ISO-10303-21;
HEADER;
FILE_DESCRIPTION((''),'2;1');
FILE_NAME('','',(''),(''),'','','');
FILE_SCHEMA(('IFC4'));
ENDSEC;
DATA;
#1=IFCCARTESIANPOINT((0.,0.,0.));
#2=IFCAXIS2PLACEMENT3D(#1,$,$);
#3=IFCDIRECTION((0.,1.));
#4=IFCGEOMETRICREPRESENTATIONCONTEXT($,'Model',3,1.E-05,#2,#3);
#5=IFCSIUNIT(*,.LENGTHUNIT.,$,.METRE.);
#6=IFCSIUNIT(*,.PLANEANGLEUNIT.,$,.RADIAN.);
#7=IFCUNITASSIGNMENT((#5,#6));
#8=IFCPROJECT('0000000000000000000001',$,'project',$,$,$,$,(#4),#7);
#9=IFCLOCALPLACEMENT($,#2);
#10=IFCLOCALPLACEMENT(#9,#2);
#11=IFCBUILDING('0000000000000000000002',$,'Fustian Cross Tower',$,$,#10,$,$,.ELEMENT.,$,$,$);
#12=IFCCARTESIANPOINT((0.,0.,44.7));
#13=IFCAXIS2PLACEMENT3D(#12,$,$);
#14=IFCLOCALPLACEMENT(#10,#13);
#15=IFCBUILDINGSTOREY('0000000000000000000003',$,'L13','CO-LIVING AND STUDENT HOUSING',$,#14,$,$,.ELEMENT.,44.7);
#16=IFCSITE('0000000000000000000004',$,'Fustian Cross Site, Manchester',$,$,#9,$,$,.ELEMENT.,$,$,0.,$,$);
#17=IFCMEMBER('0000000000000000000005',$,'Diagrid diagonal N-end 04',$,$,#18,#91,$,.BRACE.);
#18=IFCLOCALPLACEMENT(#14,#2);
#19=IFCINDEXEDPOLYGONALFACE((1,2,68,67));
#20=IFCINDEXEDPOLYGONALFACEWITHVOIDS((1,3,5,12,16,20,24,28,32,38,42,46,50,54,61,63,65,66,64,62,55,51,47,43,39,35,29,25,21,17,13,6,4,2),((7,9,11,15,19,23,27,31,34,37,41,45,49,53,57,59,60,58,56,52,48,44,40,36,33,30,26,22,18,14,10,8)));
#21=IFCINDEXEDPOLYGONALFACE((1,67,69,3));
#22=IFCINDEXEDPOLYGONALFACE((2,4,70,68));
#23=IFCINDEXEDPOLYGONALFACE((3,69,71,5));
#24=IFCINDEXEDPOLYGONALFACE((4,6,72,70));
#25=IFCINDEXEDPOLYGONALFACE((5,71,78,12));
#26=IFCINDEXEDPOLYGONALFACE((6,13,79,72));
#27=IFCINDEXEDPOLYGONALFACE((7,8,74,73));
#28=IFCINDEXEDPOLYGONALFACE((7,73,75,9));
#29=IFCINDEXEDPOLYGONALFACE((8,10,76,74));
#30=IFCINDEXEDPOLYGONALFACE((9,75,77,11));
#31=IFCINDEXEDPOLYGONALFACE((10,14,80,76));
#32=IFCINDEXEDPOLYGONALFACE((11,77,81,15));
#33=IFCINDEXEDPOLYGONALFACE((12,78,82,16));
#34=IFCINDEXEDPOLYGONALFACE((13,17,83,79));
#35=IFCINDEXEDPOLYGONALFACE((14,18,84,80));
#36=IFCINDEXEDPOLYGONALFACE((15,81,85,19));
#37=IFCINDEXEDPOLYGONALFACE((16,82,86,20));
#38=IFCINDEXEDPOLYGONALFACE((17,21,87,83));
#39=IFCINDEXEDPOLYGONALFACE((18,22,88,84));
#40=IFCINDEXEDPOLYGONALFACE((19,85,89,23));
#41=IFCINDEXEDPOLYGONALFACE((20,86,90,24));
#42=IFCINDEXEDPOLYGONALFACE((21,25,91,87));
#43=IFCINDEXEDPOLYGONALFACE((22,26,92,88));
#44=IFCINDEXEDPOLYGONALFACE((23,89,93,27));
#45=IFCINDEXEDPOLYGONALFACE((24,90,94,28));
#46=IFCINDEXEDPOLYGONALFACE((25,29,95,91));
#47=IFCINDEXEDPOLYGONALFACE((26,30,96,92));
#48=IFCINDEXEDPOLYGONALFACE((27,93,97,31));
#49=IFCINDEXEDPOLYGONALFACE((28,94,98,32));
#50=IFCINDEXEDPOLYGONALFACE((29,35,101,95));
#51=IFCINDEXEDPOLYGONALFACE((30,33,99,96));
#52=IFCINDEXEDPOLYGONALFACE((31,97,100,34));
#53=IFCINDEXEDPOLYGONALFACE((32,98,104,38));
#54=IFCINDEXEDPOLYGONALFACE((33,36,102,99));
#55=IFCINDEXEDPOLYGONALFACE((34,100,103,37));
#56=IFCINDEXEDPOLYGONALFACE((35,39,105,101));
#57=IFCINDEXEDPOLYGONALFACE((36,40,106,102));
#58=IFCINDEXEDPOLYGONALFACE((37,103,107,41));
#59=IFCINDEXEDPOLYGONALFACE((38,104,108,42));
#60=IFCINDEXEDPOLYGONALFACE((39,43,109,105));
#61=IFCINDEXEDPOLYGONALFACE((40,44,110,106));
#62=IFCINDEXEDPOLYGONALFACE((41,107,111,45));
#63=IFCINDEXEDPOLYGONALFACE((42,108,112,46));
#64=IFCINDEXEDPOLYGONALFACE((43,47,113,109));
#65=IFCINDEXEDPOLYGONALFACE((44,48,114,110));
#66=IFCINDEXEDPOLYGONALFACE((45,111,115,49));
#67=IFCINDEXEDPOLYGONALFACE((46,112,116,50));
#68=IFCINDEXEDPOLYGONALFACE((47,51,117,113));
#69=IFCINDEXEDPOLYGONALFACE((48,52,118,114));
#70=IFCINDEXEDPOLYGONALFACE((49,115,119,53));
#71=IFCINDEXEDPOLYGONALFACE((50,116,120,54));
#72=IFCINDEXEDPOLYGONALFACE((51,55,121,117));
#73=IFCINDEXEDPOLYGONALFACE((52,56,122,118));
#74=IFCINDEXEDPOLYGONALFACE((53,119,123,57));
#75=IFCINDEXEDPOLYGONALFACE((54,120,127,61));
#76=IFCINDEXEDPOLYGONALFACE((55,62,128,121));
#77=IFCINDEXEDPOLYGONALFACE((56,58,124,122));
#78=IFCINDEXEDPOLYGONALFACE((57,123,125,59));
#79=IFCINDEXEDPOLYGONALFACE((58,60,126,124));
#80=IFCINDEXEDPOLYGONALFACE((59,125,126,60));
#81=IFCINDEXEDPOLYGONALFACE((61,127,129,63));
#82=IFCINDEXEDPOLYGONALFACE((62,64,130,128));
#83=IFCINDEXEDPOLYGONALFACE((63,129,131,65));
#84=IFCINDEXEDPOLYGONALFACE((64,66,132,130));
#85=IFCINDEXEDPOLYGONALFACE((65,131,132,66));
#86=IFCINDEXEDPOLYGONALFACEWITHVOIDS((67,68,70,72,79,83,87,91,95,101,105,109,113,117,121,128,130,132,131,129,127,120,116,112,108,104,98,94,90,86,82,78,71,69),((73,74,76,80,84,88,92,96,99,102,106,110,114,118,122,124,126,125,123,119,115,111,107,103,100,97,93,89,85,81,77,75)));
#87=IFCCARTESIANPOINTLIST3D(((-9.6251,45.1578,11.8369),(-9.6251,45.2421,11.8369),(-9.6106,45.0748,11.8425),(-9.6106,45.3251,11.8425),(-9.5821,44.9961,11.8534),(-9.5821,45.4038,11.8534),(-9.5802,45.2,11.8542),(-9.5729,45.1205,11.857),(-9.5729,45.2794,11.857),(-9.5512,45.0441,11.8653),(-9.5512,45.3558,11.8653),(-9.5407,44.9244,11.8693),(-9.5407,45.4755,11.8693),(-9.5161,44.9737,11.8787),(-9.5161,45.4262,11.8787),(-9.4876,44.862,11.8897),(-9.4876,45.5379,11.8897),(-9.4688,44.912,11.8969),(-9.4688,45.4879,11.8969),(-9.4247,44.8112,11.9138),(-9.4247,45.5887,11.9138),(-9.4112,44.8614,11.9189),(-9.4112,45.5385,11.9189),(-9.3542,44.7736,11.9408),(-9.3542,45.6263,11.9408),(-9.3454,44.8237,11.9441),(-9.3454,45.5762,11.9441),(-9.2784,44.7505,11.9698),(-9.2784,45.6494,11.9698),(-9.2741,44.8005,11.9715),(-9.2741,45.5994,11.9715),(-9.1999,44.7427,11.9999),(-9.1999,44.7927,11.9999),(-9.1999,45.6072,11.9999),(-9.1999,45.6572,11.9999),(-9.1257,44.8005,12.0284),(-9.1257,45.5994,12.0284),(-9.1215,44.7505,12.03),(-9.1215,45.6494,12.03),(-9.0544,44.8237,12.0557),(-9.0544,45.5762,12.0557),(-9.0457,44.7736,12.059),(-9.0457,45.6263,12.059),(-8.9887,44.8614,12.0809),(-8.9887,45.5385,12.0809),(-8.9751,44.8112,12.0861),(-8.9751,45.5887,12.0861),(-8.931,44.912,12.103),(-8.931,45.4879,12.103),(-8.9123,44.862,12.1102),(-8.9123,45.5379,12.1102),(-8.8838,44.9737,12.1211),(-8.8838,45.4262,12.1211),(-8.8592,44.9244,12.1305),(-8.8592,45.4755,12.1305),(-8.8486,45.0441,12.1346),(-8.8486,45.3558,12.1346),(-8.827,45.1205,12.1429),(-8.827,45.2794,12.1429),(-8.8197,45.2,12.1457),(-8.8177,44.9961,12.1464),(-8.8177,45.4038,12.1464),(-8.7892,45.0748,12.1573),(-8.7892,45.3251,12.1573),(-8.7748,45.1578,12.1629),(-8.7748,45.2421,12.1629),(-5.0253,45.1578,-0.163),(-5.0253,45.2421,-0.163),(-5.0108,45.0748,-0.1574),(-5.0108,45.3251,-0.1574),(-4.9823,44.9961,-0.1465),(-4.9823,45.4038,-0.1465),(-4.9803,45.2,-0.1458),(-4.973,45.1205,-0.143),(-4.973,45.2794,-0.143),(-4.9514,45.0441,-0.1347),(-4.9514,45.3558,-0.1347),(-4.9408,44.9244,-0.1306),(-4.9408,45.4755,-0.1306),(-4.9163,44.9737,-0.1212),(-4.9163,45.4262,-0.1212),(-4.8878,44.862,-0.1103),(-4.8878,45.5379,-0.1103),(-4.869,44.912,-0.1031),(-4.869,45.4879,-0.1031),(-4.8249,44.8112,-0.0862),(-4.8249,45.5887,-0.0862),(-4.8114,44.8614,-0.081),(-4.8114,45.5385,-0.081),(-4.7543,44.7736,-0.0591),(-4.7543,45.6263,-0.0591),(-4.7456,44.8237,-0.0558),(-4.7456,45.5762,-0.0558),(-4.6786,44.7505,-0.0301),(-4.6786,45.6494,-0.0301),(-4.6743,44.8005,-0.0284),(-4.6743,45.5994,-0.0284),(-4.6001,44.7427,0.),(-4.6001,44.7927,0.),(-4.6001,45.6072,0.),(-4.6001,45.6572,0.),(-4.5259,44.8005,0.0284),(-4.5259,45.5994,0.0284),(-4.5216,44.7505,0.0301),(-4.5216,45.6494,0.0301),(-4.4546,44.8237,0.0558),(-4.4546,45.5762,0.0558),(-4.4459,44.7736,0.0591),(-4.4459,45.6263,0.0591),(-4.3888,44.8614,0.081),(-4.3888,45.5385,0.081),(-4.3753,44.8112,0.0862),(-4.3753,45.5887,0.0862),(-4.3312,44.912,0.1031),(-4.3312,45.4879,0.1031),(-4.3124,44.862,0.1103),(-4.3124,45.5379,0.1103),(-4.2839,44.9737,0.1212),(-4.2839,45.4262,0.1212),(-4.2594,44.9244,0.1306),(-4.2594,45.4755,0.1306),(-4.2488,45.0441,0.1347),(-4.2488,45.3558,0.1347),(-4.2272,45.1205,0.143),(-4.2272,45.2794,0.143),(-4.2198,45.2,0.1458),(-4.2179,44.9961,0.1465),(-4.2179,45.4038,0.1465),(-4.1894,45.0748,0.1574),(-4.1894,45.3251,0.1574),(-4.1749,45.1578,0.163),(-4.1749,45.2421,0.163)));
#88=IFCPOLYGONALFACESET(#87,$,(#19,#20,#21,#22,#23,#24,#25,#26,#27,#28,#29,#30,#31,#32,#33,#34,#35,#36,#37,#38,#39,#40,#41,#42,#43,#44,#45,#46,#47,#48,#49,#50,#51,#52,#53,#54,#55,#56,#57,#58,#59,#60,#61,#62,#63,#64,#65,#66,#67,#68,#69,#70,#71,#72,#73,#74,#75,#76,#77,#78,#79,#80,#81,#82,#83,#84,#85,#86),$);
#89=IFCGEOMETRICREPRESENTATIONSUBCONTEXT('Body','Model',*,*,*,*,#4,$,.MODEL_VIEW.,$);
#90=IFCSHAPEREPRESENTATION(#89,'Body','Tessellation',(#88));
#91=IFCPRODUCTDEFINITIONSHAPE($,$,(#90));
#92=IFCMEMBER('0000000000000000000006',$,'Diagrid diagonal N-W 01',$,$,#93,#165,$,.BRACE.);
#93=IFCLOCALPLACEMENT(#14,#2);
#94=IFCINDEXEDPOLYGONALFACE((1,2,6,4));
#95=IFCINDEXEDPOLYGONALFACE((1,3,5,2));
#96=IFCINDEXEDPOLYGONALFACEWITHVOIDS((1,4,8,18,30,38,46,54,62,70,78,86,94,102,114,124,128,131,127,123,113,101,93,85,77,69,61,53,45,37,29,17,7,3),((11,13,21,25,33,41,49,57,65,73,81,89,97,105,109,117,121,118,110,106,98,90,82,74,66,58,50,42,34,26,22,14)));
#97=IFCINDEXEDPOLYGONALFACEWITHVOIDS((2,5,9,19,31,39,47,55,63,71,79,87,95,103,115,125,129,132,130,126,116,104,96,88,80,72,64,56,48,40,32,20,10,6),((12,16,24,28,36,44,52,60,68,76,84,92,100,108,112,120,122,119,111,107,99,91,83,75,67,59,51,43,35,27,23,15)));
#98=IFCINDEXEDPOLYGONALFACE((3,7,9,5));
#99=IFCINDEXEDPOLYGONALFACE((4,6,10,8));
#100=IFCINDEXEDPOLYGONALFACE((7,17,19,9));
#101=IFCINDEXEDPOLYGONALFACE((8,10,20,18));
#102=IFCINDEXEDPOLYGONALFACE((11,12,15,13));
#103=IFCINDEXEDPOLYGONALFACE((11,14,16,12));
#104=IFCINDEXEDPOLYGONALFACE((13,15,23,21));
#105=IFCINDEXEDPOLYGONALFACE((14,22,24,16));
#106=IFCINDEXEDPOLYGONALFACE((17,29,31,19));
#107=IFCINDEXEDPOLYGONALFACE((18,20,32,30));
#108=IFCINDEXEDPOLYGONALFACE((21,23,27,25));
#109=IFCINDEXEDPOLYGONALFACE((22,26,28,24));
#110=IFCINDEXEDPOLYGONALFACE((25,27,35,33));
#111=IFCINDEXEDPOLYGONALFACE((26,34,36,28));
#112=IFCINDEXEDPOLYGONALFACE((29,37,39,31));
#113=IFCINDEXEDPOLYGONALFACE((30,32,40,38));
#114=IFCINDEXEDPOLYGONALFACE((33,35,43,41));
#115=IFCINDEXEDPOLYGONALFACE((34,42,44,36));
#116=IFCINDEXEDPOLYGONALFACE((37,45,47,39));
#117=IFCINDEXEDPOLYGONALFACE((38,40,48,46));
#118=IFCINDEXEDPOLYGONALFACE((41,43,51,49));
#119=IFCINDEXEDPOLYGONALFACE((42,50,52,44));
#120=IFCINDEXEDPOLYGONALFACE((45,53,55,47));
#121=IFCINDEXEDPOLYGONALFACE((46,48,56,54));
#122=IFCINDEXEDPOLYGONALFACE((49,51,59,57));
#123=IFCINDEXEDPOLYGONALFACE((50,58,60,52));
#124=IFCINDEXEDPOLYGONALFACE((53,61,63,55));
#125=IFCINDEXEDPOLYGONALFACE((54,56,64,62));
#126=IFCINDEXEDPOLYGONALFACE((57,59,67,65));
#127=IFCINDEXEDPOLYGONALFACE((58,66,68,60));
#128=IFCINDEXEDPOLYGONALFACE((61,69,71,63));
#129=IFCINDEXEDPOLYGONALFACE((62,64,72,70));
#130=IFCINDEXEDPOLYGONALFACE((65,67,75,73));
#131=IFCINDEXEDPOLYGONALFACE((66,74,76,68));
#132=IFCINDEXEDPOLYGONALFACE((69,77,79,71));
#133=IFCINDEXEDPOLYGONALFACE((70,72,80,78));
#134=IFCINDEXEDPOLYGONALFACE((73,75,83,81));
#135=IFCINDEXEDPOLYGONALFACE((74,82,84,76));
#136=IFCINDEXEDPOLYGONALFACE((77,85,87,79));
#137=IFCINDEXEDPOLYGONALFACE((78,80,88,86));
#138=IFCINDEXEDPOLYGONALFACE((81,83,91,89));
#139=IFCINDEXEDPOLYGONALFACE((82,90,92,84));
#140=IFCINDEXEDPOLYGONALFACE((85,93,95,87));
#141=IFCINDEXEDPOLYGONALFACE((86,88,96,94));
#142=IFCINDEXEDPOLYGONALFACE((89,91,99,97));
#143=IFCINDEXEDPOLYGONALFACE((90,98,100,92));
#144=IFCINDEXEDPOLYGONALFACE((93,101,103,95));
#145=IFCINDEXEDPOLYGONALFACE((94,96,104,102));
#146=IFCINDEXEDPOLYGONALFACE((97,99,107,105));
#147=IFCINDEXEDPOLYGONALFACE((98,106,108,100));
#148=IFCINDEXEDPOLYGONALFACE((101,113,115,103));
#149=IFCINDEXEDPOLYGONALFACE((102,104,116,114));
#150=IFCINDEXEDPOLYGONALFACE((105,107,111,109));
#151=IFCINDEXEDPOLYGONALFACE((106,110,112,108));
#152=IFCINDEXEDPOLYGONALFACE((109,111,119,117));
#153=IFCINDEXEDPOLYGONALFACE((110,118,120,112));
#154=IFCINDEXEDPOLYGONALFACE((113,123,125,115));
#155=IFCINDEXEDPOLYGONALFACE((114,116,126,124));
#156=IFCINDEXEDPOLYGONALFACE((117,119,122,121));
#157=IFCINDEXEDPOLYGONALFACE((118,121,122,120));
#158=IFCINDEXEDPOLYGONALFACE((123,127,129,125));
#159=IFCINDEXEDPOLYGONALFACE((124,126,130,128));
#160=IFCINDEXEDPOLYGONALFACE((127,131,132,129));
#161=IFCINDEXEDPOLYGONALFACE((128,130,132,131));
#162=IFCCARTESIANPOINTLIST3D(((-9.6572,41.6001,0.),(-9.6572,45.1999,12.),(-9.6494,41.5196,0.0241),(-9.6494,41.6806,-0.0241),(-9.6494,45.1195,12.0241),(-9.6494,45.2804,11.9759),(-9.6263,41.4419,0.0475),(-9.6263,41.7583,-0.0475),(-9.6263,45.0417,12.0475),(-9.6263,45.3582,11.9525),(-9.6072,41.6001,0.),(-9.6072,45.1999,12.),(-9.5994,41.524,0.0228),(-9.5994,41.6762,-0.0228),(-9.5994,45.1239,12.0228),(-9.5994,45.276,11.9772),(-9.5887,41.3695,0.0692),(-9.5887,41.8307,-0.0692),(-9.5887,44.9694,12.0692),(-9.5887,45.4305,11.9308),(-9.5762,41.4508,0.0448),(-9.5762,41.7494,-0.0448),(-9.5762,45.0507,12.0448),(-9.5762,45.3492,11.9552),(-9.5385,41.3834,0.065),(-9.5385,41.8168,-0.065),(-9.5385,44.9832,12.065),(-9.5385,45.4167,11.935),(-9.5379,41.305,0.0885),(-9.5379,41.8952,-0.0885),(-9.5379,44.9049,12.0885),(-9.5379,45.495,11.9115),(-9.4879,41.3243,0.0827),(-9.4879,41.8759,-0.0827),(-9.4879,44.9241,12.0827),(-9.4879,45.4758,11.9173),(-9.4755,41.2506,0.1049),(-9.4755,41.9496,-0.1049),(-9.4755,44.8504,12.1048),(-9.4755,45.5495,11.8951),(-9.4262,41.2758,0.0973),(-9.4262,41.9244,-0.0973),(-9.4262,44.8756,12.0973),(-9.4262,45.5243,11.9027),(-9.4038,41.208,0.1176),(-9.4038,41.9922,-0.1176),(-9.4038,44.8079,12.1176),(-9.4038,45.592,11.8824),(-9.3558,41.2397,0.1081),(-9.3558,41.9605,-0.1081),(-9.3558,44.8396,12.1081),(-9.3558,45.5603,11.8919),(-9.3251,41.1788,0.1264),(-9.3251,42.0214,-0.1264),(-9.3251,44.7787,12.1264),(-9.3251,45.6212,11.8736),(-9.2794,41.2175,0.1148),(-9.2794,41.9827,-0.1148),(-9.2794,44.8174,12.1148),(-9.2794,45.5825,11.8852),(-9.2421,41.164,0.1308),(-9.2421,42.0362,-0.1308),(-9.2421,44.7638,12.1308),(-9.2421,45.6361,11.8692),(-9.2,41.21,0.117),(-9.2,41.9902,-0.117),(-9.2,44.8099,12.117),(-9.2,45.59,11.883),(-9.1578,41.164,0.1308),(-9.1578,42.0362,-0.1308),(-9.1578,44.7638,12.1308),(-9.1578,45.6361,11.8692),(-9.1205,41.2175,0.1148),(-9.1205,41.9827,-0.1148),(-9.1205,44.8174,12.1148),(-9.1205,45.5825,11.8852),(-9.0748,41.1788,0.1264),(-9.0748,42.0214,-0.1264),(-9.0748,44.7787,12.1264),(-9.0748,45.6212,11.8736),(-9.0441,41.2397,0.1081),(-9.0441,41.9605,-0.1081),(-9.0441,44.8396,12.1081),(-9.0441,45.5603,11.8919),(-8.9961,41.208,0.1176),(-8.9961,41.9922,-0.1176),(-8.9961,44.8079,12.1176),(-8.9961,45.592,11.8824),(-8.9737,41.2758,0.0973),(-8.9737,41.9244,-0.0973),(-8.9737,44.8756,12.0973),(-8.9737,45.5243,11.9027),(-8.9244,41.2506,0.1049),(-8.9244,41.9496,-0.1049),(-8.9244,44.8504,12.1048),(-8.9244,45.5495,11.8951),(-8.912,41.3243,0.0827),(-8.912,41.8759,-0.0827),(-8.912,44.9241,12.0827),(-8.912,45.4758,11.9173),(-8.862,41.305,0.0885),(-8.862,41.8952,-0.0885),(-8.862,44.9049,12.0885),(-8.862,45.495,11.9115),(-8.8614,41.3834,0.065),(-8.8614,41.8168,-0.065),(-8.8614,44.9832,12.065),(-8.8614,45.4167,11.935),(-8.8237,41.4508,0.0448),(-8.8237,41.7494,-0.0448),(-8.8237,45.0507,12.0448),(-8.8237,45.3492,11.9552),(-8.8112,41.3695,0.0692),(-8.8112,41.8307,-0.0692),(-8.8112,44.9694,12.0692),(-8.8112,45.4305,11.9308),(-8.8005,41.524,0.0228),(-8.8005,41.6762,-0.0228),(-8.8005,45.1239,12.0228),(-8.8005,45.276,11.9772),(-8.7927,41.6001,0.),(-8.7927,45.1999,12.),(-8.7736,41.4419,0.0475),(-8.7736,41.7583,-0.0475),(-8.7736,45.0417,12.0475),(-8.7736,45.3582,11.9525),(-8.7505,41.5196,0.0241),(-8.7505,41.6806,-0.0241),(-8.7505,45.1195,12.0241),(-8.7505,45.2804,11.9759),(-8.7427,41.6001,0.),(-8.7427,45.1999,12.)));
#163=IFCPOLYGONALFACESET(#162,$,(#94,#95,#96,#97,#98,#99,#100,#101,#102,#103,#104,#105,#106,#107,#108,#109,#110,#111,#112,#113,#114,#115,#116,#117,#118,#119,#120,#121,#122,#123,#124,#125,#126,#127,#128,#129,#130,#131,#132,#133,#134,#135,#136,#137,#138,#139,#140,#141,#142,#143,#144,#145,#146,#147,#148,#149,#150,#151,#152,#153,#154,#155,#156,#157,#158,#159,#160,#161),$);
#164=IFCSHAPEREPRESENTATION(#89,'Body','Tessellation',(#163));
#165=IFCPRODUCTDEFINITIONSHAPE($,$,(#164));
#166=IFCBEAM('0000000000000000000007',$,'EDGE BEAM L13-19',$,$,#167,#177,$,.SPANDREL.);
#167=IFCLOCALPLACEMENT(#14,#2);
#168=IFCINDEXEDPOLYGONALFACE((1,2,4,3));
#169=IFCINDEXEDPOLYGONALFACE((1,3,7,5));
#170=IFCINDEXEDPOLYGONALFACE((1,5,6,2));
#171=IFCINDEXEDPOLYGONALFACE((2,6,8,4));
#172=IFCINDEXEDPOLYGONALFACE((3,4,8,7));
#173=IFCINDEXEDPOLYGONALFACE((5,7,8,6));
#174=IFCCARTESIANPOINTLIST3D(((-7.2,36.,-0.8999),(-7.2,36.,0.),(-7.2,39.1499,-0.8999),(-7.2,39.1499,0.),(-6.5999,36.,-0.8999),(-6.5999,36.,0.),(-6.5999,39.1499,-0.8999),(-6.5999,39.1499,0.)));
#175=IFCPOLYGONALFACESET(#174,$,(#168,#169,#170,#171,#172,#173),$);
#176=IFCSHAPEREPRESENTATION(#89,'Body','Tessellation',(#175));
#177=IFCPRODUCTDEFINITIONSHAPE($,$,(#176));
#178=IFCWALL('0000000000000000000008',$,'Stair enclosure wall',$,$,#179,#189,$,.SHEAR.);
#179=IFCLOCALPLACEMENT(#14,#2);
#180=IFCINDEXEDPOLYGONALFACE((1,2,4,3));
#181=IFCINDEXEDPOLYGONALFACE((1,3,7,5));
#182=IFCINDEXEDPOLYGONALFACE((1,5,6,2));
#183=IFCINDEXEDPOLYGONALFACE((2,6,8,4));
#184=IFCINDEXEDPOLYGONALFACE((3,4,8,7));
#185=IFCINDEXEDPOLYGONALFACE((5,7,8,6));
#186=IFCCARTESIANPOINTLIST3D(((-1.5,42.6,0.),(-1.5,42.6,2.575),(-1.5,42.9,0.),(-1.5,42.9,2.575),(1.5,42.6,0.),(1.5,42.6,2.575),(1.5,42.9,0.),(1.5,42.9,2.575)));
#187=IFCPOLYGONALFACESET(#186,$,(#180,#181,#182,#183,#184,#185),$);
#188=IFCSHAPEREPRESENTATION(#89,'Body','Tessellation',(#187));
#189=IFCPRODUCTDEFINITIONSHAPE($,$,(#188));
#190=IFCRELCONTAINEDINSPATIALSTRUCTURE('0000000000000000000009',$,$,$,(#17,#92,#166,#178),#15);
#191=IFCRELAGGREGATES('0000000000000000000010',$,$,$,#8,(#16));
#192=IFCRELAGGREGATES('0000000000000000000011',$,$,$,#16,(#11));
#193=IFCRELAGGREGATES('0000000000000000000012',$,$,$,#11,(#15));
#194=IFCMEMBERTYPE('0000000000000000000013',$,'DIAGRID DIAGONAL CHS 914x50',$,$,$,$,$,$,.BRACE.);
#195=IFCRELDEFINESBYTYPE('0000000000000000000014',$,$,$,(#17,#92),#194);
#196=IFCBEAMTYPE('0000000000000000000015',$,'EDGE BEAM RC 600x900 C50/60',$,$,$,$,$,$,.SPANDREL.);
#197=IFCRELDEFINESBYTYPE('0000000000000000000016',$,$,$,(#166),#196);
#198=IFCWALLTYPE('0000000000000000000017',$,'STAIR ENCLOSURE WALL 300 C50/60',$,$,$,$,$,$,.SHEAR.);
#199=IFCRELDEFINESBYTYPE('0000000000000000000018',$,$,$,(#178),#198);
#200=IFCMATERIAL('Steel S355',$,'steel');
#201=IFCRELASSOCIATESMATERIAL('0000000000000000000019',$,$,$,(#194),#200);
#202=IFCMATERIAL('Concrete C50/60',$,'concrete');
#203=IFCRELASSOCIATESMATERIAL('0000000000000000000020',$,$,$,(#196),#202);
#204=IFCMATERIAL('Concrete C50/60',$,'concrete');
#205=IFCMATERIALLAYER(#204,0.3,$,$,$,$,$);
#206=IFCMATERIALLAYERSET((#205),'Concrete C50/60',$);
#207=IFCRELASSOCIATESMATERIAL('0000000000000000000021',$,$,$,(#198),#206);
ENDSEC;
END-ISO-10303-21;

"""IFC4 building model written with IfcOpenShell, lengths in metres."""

from ifc_helpers import new_model, si_unit, direction, frame, frame_2d, origin, origin_2d, place, context, subcontext, project, spatial, rectangle, hollow_circle, extrude, material, layer, layer_set, material_profile, profile_set, type_object, element, save


model = new_model("IFC4")

# Units and contexts
model_context = context("Model", 3, precision=1e-05, world=origin(), true_north=direction((0.0, 1.0)))
body_context = subcontext(model_context, "Body", "Model", "MODEL_VIEW")
ifc_project = project(units=[si_unit("LENGTHUNIT", "METRE"), si_unit("PLANEANGLEUNIT", "RADIAN")], contexts=[model_context])

# Site, building, storey
site_placement = place(None, origin())
site = spatial("IfcSite", under=ifc_project, at=site_placement, Name="Fustian Cross Site, Manchester", CompositionType="ELEMENT", RefElevation=0.0)
building_placement = place(site_placement, origin())
building = spatial("IfcBuilding", under=site, at=building_placement, Name="Fustian Cross Tower", CompositionType="ELEMENT")
storey_placement = place(building_placement, frame((0.0, 0.0, 44.7)))
storey = spatial("IfcBuildingStorey", under=building, at=storey_placement, Name="L13", Description="CO-LIVING AND STUDENT HOUSING", CompositionType="ELEMENT", Elevation=44.7)

# Members
ifc_material_1 = material(Name="Steel S355", Category="steel")
ifc_material_profile_1 = material_profile(ifc_material_1, hollow_circle(Radius=0.4573, WallThickness=0.05, at=origin_2d()), Name="CHS 914x50")
ifc_profile_set_1 = profile_set([ifc_material_profile_1], Name="Steel S355")
member_type_1 = type_object("IfcMemberType", Name="DIAGRID DIAGONAL CHS 914x50", PredefinedType="BRACE", material=ifc_profile_set_1)
member_1_placement = place(storey_placement, frame((-4.6001, 45.2, 0.0), z_axis=(-0.357926, 0.0, 0.93375), x_axis=(0.0, -1.0, 0.0)))
element("IfcMember", 1, at=member_1_placement, inside=storey, type_object=member_type_1, Name="Diagrid diagonal N-end 04", PredefinedType="BRACE", context=body_context, shape_type="SweptSolid", body=[
    extrude(hollow_circle(Radius=0.4573, WallThickness=0.05, at=origin_2d()), origin(), (0.0, 0.0, 1.0), 12.8513),
])
member_2_placement = place(storey_placement, frame((-9.2, 41.6001, 0.0), z_axis=(0.0, 0.287337, 0.95783), x_axis=(-1.0, 0.0, 0.0)))
element("IfcMember", 2, at=member_2_placement, inside=storey, type_object=member_type_1, Name="Diagrid diagonal N-W 01", PredefinedType="BRACE", context=body_context, shape_type="SweptSolid", body=[
    extrude(hollow_circle(Radius=0.4573, WallThickness=0.05, at=origin_2d()), origin(), (0.0, 0.0, 1.0), 12.5283),
])

# Beam
ifc_material_2 = material(Name="Concrete C50/60", Category="concrete")
ifc_material_profile_2 = material_profile(ifc_material_2, rectangle(XDim=0.6001, YDim=0.8999, at=origin_2d()), Name="RC 600x900")
ifc_profile_set_2 = profile_set([ifc_material_profile_2], Name="Concrete C50/60")
beam_type = type_object("IfcBeamType", Name="EDGE BEAM RC 600x900 C50/60", PredefinedType="SPANDREL", material=ifc_profile_set_2)
beam_placement = place(storey_placement, frame((-6.8999, 39.1499, -0.45), z_axis=(0.0, -1.0, 0.0), x_axis=(1.0, 0.0, 0.0)))
element("IfcBeam", 3, at=beam_placement, inside=storey, type_object=beam_type, Name="EDGE BEAM L13-19", PredefinedType="SPANDREL", context=body_context, shape_type="SweptSolid", body=[
    extrude(rectangle(XDim=0.6001, YDim=0.8999, at=origin_2d()), origin(), (0.0, 0.0, 1.0), 3.1499),
])

# Wall
ifc_material_3 = material(Name="Concrete C50/60", Category="concrete")
ifc_layer_1 = layer(ifc_material_3, 0.3)
ifc_layer_set_1 = layer_set([ifc_layer_1], Name="Concrete C50/60")
wall_type_1 = type_object("IfcWallType", Name="STAIR ENCLOSURE WALL 300 C50/60", PredefinedType="SHEAR", material=ifc_layer_set_1)
wall_1_placement = place(storey_placement, frame((-1.5, 42.75, 0.0), z_axis=(0.0, 0.0, 1.0), x_axis=(1.0, 0.0, 0.0)))
element("IfcWall", 4, at=wall_1_placement, inside=storey, type_object=wall_type_1, Name="Stair enclosure wall", PredefinedType="SHEAR", context=body_context, shape_type="SweptSolid", body=[
    extrude(rectangle(XDim=3.0, YDim=0.3, at=frame_2d((1.5, 0.0))), origin(), (0.0, 0.0, 1.0), 2.575),
])

save(model, "model.ifc")
